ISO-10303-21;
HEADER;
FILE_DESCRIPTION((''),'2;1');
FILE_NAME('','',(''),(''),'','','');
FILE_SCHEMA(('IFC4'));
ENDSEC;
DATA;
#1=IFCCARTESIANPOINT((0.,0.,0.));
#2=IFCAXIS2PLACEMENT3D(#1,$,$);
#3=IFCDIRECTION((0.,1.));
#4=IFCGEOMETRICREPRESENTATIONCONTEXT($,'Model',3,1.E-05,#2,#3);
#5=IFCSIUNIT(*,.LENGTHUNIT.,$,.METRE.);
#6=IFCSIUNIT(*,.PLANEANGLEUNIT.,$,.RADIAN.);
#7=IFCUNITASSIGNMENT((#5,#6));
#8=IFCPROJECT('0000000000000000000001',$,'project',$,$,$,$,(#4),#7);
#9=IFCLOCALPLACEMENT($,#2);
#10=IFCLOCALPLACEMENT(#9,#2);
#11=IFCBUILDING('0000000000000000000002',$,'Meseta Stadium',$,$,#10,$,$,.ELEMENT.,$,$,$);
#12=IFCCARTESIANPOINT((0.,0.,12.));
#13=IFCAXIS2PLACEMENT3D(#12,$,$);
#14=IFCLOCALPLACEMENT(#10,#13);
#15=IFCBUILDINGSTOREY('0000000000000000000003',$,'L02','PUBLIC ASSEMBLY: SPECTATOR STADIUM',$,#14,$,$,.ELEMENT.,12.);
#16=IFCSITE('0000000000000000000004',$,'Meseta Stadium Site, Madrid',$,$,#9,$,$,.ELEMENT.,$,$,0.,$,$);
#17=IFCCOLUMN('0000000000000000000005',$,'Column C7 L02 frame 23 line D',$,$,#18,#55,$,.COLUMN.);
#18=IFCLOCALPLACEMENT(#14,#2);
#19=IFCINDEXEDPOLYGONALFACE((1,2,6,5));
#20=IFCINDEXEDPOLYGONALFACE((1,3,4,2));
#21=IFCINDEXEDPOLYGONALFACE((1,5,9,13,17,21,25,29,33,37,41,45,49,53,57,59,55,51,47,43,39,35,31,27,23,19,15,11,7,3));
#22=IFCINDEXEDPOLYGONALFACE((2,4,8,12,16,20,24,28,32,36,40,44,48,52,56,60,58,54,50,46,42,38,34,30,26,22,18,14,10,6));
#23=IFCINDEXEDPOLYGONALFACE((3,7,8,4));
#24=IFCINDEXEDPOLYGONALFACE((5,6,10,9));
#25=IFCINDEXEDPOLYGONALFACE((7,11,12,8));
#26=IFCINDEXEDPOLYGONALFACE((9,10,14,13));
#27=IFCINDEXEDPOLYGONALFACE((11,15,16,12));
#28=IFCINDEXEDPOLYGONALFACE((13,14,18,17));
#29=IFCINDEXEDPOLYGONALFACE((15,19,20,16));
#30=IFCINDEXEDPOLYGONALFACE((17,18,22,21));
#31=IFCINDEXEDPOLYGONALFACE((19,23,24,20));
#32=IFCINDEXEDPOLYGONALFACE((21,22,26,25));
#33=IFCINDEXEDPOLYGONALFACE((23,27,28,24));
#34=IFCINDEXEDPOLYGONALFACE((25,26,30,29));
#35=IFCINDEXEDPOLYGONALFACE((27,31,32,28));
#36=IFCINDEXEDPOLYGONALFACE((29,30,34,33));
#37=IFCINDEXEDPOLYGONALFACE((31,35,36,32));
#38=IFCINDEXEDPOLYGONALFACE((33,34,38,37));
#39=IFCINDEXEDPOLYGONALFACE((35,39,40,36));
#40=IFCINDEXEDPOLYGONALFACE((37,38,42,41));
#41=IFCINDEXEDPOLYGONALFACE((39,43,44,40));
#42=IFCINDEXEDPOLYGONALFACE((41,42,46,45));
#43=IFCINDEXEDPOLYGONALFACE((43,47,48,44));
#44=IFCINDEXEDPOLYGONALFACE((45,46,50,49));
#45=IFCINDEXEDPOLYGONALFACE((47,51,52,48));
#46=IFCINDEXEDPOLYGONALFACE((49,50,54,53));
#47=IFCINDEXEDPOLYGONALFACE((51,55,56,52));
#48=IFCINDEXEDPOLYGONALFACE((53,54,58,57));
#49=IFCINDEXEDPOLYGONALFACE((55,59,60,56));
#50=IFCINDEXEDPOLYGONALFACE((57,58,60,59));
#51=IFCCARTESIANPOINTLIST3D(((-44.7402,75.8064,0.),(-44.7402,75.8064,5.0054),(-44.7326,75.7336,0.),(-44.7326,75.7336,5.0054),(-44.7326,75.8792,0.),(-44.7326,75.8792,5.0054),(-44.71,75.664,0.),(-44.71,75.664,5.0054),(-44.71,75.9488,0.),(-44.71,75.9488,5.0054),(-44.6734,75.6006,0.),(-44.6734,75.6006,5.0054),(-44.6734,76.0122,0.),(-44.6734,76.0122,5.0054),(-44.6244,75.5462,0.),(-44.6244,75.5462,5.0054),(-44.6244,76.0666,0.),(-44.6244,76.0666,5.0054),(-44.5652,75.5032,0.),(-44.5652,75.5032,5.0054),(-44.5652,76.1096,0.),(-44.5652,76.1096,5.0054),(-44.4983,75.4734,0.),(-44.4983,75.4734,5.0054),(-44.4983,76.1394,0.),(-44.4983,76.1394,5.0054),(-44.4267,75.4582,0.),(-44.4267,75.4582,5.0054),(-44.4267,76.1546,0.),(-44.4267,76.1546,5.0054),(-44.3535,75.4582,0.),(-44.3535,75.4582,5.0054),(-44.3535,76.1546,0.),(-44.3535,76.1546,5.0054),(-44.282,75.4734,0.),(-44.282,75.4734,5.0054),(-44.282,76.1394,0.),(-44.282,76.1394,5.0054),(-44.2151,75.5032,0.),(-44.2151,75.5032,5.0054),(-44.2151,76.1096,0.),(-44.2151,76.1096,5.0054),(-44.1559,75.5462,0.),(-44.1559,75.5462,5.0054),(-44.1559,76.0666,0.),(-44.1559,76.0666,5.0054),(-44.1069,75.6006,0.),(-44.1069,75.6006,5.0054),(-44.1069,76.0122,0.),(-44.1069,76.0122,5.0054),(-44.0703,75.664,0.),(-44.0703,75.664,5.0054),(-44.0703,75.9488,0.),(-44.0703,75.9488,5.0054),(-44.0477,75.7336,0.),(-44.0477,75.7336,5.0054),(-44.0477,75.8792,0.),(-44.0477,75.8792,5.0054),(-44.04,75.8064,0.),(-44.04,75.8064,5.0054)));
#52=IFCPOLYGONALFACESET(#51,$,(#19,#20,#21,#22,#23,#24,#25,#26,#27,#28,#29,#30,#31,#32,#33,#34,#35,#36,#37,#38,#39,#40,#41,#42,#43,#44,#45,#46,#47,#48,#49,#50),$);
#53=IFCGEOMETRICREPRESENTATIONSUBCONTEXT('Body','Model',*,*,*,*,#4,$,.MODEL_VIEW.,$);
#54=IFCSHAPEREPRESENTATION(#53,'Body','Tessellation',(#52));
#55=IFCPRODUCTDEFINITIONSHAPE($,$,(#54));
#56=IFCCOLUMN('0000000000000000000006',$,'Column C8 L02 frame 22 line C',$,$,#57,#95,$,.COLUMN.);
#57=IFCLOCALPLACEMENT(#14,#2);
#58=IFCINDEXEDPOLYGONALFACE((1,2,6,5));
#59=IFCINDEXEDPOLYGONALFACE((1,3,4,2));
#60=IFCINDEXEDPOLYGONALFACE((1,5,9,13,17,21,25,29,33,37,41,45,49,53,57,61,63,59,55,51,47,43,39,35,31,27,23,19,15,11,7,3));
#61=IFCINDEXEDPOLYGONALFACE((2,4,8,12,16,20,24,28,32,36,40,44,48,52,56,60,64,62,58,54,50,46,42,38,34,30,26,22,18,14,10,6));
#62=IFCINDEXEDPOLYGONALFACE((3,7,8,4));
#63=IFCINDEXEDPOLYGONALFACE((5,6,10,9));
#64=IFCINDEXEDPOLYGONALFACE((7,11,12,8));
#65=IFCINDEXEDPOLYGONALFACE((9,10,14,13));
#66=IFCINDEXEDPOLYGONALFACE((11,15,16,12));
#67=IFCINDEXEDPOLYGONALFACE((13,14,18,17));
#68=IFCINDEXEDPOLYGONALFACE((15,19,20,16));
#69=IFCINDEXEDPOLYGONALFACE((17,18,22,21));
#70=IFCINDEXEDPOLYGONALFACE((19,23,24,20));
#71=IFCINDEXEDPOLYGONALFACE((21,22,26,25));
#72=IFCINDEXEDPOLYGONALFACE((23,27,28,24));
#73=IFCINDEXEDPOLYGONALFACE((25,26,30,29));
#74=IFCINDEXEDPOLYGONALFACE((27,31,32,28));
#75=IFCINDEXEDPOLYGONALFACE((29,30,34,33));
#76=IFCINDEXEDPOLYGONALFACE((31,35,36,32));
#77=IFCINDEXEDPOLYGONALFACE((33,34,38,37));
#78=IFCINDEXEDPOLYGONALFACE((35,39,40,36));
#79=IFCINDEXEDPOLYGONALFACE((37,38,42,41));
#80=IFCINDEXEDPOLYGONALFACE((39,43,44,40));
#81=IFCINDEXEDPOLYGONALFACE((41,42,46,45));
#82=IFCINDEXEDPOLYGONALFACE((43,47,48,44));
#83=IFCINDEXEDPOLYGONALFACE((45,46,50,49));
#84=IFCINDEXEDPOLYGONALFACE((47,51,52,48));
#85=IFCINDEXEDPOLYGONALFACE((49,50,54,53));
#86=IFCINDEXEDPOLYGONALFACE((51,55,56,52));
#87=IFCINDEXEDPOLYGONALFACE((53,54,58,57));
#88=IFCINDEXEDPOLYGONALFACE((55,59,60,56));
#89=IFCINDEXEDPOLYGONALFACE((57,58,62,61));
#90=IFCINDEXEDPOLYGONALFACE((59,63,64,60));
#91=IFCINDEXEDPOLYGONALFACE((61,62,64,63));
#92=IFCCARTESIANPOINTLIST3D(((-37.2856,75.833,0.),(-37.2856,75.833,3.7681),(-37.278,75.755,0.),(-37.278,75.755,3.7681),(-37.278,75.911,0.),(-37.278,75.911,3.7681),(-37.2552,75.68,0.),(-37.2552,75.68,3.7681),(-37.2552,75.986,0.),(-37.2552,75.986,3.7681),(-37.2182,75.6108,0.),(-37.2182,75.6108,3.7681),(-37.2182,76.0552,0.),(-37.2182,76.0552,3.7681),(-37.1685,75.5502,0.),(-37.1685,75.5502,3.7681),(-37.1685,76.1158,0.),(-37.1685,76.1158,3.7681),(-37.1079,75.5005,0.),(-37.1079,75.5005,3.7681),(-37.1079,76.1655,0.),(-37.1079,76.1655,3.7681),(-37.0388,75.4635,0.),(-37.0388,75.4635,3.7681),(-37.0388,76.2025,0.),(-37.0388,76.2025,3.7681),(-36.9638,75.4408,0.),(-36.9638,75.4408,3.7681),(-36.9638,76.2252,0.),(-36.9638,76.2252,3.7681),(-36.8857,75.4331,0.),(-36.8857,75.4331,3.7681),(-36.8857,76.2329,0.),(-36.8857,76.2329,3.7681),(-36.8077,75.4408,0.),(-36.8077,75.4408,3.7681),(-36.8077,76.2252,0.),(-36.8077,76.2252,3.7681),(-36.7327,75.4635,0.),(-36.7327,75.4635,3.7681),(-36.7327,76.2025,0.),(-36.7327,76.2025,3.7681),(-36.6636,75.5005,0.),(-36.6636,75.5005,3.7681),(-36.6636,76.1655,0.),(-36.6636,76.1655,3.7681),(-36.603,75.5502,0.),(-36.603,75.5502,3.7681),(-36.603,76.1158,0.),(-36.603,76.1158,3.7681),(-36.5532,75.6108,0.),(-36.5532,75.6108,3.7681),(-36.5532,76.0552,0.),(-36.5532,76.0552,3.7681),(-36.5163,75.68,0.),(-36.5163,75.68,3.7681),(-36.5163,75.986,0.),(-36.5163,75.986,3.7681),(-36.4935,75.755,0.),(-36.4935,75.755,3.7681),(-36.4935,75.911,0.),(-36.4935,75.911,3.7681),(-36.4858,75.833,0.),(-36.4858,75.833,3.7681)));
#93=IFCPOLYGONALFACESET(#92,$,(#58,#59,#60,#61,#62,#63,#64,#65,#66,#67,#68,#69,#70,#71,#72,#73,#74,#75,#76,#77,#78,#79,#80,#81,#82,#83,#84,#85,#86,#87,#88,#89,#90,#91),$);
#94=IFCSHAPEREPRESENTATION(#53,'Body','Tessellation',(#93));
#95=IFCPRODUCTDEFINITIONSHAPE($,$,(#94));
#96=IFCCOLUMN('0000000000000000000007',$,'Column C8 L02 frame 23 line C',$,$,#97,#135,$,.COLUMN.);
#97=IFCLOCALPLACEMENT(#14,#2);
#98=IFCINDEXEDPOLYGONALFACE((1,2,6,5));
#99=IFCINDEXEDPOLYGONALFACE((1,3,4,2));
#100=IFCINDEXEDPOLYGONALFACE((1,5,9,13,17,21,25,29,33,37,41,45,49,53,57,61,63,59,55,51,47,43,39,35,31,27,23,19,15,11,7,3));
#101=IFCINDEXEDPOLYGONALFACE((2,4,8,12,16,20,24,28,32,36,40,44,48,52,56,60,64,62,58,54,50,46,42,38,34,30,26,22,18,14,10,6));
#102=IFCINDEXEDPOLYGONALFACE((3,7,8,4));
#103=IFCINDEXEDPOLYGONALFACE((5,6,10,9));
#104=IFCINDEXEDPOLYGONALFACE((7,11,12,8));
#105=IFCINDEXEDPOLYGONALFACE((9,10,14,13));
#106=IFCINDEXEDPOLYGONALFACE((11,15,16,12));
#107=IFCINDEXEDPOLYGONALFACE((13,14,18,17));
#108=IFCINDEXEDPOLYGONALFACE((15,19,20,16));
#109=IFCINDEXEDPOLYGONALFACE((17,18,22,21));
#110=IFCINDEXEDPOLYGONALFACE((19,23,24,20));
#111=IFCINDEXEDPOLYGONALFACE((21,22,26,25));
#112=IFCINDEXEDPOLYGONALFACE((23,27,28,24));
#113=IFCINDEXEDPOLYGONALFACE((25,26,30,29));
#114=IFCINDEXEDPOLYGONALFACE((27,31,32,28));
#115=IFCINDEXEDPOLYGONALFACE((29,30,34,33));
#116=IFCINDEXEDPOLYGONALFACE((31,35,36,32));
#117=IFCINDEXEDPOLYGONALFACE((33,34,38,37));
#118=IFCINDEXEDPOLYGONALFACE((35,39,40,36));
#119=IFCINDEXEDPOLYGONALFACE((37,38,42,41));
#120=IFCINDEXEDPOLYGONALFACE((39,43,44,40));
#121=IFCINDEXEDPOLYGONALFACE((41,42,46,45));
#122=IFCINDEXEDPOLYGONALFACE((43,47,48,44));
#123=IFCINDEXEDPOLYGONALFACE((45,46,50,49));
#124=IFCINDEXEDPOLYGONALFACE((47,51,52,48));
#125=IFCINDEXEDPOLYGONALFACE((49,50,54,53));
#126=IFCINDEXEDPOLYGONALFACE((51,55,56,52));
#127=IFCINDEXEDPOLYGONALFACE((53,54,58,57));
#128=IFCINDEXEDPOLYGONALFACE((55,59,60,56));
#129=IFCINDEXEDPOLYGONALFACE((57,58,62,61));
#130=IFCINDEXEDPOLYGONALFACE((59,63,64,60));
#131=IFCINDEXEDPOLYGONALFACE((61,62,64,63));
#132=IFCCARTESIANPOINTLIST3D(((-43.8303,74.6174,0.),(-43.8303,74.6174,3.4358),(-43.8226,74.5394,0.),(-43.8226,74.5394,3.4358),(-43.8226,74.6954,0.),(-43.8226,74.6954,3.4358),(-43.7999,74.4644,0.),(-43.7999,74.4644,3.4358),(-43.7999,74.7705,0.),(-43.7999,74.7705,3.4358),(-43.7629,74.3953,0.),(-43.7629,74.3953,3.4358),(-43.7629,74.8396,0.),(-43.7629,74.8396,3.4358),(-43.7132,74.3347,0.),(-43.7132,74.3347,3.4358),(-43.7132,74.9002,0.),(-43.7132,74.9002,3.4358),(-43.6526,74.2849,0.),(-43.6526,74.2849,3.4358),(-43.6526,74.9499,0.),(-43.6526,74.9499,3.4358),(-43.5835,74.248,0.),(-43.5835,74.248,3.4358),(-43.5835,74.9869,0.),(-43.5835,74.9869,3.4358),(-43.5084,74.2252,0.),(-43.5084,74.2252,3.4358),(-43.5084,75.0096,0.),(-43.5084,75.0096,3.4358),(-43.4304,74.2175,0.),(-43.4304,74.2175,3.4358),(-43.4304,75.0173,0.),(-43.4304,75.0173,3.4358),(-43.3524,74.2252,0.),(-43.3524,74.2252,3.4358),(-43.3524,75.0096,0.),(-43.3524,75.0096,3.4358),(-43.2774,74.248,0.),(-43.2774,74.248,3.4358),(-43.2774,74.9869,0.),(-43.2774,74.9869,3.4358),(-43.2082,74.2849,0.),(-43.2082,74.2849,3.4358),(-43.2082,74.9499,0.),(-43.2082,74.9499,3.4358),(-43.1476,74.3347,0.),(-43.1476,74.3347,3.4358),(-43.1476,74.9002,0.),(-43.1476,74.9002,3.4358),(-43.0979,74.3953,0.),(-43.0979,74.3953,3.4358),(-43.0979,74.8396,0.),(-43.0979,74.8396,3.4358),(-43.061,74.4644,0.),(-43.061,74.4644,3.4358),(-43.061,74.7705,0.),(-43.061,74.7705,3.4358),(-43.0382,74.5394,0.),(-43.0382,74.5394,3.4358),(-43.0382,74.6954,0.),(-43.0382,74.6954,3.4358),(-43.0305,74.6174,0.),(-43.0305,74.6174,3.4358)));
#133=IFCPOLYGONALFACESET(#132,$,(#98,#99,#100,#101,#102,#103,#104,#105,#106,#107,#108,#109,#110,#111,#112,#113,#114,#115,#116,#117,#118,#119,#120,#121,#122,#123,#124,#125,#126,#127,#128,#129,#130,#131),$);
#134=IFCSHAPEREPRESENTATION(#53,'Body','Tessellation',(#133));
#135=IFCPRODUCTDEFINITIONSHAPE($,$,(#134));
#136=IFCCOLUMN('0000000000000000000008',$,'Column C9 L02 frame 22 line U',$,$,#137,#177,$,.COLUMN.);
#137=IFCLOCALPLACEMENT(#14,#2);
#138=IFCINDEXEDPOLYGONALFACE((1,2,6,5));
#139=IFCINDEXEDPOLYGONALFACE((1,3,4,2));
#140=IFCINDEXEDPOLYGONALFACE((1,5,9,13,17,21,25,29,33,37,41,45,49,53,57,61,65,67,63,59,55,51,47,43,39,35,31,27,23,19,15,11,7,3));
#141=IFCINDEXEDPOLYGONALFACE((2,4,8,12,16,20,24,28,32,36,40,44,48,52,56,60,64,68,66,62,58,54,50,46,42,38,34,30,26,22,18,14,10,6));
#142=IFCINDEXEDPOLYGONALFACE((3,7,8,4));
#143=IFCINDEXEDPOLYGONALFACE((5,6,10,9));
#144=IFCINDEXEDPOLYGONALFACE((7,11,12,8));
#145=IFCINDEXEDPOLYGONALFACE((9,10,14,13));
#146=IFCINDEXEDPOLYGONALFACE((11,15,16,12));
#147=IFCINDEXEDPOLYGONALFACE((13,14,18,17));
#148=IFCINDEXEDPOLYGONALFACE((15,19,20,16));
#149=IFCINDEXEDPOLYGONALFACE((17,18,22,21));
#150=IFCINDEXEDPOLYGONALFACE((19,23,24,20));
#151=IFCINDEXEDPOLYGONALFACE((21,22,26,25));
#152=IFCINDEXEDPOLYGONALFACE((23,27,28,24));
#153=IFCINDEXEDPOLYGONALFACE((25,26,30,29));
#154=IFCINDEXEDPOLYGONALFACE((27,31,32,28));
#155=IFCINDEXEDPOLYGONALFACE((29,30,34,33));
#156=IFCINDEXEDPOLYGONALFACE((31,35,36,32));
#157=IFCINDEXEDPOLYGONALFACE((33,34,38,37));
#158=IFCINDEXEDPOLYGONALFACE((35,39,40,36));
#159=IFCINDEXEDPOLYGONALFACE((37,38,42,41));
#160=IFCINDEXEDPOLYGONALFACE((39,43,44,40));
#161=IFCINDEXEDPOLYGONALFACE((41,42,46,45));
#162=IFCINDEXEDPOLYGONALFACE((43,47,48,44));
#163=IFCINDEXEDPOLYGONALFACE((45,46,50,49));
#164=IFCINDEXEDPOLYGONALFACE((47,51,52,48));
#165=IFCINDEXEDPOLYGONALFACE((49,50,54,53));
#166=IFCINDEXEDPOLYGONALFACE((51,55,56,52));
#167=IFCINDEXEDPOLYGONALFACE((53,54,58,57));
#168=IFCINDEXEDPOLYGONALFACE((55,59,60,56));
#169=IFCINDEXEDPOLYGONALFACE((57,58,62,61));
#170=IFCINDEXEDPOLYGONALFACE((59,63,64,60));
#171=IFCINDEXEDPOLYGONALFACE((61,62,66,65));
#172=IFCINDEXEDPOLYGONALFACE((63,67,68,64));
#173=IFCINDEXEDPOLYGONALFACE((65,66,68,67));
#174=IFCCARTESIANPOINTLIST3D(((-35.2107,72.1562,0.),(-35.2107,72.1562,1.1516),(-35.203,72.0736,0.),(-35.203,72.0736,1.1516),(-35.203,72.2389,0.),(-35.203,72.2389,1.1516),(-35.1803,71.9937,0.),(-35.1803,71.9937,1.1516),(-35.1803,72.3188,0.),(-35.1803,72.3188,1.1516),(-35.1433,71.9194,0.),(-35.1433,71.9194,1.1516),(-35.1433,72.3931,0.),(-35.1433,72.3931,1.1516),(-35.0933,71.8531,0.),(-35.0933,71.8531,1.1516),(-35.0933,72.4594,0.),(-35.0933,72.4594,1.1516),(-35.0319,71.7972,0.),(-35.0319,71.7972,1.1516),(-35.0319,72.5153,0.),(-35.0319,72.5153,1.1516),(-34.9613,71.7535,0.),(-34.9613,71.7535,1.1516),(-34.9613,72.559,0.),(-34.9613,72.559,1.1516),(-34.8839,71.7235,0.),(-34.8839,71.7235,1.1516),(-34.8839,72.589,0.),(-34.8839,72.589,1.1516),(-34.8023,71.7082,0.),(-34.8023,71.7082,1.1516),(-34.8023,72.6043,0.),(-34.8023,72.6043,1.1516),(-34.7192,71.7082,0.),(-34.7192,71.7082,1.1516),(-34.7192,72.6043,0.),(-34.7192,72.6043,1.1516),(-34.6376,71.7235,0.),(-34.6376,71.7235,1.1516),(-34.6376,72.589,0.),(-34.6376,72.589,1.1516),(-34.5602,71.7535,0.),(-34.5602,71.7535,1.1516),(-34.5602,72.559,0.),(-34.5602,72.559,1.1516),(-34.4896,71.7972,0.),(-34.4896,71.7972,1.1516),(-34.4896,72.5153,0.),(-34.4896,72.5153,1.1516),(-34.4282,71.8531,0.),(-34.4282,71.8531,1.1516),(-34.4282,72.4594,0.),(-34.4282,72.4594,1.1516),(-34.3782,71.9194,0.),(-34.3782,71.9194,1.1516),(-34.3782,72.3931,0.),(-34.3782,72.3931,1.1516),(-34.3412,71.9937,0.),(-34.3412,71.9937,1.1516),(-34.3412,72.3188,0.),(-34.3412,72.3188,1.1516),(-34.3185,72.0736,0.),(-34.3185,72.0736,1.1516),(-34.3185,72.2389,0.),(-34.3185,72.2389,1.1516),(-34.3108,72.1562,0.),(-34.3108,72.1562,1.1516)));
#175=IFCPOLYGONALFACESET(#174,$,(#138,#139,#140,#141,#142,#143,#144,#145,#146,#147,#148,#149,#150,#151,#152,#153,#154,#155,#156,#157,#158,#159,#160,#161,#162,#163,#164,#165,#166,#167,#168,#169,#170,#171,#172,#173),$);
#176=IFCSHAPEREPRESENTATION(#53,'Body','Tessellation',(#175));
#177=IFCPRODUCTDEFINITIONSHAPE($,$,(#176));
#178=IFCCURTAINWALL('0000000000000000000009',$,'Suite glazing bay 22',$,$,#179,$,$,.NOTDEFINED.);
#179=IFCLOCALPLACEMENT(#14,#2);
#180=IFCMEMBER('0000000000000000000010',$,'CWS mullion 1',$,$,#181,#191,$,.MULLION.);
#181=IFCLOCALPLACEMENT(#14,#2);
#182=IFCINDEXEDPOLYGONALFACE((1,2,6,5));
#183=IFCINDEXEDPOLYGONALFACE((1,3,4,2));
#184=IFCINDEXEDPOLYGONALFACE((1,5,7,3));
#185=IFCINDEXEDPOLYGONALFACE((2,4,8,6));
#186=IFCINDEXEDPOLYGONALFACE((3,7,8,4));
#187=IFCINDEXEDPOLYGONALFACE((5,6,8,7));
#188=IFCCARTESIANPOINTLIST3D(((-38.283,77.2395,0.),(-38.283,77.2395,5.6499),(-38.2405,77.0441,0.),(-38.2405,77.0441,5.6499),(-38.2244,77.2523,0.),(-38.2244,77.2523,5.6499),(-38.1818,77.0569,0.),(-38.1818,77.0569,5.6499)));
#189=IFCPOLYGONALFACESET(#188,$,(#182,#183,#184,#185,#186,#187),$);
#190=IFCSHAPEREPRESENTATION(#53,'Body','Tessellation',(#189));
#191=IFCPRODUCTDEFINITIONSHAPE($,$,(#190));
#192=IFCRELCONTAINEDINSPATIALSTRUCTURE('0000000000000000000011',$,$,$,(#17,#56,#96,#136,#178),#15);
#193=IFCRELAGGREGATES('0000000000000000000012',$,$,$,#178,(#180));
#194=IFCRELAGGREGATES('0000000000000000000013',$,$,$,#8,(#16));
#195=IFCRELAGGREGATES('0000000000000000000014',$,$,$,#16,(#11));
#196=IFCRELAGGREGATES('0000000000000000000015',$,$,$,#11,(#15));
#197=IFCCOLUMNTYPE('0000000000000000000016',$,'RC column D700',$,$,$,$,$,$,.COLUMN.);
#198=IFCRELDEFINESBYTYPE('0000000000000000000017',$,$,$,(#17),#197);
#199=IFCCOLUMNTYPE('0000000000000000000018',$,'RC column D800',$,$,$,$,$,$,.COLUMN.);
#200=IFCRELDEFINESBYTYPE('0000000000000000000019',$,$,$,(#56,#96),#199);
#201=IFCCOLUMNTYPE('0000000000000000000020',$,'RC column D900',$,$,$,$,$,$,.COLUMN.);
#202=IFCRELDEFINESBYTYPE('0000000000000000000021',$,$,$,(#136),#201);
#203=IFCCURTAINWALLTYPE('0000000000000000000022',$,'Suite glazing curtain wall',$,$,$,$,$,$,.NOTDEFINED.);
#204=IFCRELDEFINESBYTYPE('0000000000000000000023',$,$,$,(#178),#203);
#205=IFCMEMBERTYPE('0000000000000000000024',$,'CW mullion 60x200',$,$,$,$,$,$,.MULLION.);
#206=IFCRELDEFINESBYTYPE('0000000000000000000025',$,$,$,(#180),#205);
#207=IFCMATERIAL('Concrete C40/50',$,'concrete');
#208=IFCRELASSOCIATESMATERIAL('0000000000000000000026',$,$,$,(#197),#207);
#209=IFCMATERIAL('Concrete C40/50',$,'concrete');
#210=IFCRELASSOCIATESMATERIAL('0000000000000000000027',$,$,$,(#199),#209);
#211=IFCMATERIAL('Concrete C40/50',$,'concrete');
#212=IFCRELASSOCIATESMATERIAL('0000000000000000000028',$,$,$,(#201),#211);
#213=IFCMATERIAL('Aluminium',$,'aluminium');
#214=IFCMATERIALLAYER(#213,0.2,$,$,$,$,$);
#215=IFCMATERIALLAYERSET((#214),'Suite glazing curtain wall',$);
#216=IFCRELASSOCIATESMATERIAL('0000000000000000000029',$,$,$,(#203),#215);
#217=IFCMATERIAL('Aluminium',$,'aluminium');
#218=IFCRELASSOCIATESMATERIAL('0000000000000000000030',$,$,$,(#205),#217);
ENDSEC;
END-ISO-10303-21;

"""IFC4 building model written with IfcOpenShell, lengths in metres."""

from ifc_helpers import new_model, si_unit, direction, frame, origin, origin_2d, place, context, subcontext, project, spatial, rectangle, circle, extrude, material, layer, layer_set, material_profile, profile_set, type_object, element, aggregate, save


model = new_model("IFC4")

# Units and contexts
model_context = context("Model", 3, precision=1e-05, world=origin(), true_north=direction((0.0, 1.0)))
body_context = subcontext(model_context, "Body", "Model", "MODEL_VIEW")
ifc_project = project(units=[si_unit("LENGTHUNIT", "METRE"), si_unit("PLANEANGLEUNIT", "RADIAN")], contexts=[model_context])

# Site, building, storey
site_placement = place(None, origin())
site = spatial("IfcSite", under=ifc_project, at=site_placement, Name="Meseta Stadium Site, Madrid", CompositionType="ELEMENT", RefElevation=0.0)
building_placement = place(site_placement, origin())
building = spatial("IfcBuilding", under=site, at=building_placement, Name="Meseta Stadium", CompositionType="ELEMENT")
storey_placement = place(building_placement, frame((0.0, 0.0, 12.0)))
storey = spatial("IfcBuildingStorey", under=building, at=storey_placement, Name="L02", Description="PUBLIC ASSEMBLY: SPECTATOR STADIUM", CompositionType="ELEMENT", Elevation=12.0)

# Columns
ifc_material_1 = material(Name="Concrete C40/50", Category="concrete")
ifc_material_profile_1 = material_profile(ifc_material_1, circle(Radius=0.3501, at=origin_2d()), Name="RC D700")
ifc_profile_set_1 = profile_set([ifc_material_profile_1], Name="Concrete C40/50")
column_type_1 = type_object("IfcColumnType", Name="RC column D700", PredefinedType="COLUMN", material=ifc_profile_set_1)
column_1_placement = place(storey_placement, frame((-44.3901, 75.8064, 0.0), z_axis=(0.0, 0.0, 1.0), x_axis=(1.0, 0.0, 0.0)))
element("IfcColumn", 1, at=column_1_placement, inside=storey, type_object=column_type_1, Name="Column C7 L02 frame 23 line D", PredefinedType="COLUMN", context=body_context, shape_type="SweptSolid", body=[
    extrude(circle(Radius=0.3501, at=origin_2d()), origin(), (0.0, 0.0, 1.0), 5.0054),
])
ifc_material_2 = material(Name="Concrete C40/50", Category="concrete")
ifc_material_profile_2 = material_profile(ifc_material_2, circle(Radius=0.3999, at=origin_2d()), Name="RC D800")
ifc_profile_set_2 = profile_set([ifc_material_profile_2], Name="Concrete C40/50")
column_type_2 = type_object("IfcColumnType", Name="RC column D800", PredefinedType="COLUMN", material=ifc_profile_set_2)
column_2_placement = place(storey_placement, frame((-36.8857, 75.833, 0.0), z_axis=(0.0, 0.0, 1.0), x_axis=(1.0, 0.0, 0.0)))
element("IfcColumn", 2, at=column_2_placement, inside=storey, type_object=column_type_2, Name="Column C8 L02 frame 22 line C", PredefinedType="COLUMN", context=body_context, shape_type="SweptSolid", body=[
    extrude(circle(Radius=0.3999, at=origin_2d()), origin(), (0.0, 0.0, 1.0), 3.7681),
])
column_3_placement = place(storey_placement, frame((-43.4304, 74.6174, 0.0), z_axis=(0.0, 0.0, 1.0), x_axis=(1.0, 0.0, 0.0)))
element("IfcColumn", 3, at=column_3_placement, inside=storey, type_object=column_type_2, Name="Column C8 L02 frame 23 line C", PredefinedType="COLUMN", context=body_context, shape_type="SweptSolid", body=[
    extrude(circle(Radius=0.3999, at=origin_2d()), origin(), (0.0, 0.0, 1.0), 3.4358),
])
ifc_material_3 = material(Name="Concrete C40/50", Category="concrete")
ifc_material_profile_3 = material_profile(ifc_material_3, circle(Radius=0.45, at=origin_2d()), Name="RC D900")
ifc_profile_set_3 = profile_set([ifc_material_profile_3], Name="Concrete C40/50")
column_type_3 = type_object("IfcColumnType", Name="RC column D900", PredefinedType="COLUMN", material=ifc_profile_set_3)
column_4_placement = place(storey_placement, frame((-34.7607, 72.1562, 0.0), z_axis=(0.0, 0.0, 1.0), x_axis=(1.0, 0.0, 0.0)))
element("IfcColumn", 4, at=column_4_placement, inside=storey, type_object=column_type_3, Name="Column C9 L02 frame 22 line U", PredefinedType="COLUMN", context=body_context, shape_type="SweptSolid", body=[
    extrude(circle(Radius=0.45, at=origin_2d()), origin(), (0.0, 0.0, 1.0), 1.1516),
])

# Curtain wall, member
ifc_material_4 = material(Name="Aluminium", Category="aluminium")
ifc_layer_1 = layer(ifc_material_4, 0.2)
ifc_layer_set_1 = layer_set([ifc_layer_1], Name="Suite glazing curtain wall")
curtain_wall_type = type_object("IfcCurtainWallType", Name="Suite glazing curtain wall", PredefinedType="NOTDEFINED", material=ifc_layer_set_1)
curtain_wall_1_placement = place(storey_placement, origin())
curtain_wall_1 = element("IfcCurtainWall", 5, at=curtain_wall_1_placement, inside=storey, type_object=curtain_wall_type, Name="Suite glazing bay 22", PredefinedType="NOTDEFINED")
ifc_material_5 = material(Name="Aluminium", Category="aluminium")
ifc_material_profile_4 = material_profile(ifc_material_5, rectangle(XDim=0.2, YDim=0.0601, at=origin_2d()), Name="CW 200x60")
ifc_profile_set_4 = profile_set([ifc_material_profile_4], Name="Aluminium")
member_type_1 = type_object("IfcMemberType", Name="CW mullion 60x200", PredefinedType="MULLION", material=ifc_profile_set_4)
member_1_placement = place(storey_placement, frame((-38.2324, 77.1482, 0.0), z_axis=(0.0, 0.0, 1.0), x_axis=(0.212917, -0.97707, 0.0)))
member_1 = element("IfcMember", 6, at=member_1_placement, type_object=member_type_1, Name="CWS mullion 1", PredefinedType="MULLION", context=body_context, shape_type="SweptSolid", body=[
    extrude(rectangle(XDim=0.2, YDim=0.0601, at=origin_2d()), origin(), (0.0, 0.0, 1.0), 5.6499),
])

aggregate(curtain_wall_1, [member_1])

save(model, "model.ifc")
